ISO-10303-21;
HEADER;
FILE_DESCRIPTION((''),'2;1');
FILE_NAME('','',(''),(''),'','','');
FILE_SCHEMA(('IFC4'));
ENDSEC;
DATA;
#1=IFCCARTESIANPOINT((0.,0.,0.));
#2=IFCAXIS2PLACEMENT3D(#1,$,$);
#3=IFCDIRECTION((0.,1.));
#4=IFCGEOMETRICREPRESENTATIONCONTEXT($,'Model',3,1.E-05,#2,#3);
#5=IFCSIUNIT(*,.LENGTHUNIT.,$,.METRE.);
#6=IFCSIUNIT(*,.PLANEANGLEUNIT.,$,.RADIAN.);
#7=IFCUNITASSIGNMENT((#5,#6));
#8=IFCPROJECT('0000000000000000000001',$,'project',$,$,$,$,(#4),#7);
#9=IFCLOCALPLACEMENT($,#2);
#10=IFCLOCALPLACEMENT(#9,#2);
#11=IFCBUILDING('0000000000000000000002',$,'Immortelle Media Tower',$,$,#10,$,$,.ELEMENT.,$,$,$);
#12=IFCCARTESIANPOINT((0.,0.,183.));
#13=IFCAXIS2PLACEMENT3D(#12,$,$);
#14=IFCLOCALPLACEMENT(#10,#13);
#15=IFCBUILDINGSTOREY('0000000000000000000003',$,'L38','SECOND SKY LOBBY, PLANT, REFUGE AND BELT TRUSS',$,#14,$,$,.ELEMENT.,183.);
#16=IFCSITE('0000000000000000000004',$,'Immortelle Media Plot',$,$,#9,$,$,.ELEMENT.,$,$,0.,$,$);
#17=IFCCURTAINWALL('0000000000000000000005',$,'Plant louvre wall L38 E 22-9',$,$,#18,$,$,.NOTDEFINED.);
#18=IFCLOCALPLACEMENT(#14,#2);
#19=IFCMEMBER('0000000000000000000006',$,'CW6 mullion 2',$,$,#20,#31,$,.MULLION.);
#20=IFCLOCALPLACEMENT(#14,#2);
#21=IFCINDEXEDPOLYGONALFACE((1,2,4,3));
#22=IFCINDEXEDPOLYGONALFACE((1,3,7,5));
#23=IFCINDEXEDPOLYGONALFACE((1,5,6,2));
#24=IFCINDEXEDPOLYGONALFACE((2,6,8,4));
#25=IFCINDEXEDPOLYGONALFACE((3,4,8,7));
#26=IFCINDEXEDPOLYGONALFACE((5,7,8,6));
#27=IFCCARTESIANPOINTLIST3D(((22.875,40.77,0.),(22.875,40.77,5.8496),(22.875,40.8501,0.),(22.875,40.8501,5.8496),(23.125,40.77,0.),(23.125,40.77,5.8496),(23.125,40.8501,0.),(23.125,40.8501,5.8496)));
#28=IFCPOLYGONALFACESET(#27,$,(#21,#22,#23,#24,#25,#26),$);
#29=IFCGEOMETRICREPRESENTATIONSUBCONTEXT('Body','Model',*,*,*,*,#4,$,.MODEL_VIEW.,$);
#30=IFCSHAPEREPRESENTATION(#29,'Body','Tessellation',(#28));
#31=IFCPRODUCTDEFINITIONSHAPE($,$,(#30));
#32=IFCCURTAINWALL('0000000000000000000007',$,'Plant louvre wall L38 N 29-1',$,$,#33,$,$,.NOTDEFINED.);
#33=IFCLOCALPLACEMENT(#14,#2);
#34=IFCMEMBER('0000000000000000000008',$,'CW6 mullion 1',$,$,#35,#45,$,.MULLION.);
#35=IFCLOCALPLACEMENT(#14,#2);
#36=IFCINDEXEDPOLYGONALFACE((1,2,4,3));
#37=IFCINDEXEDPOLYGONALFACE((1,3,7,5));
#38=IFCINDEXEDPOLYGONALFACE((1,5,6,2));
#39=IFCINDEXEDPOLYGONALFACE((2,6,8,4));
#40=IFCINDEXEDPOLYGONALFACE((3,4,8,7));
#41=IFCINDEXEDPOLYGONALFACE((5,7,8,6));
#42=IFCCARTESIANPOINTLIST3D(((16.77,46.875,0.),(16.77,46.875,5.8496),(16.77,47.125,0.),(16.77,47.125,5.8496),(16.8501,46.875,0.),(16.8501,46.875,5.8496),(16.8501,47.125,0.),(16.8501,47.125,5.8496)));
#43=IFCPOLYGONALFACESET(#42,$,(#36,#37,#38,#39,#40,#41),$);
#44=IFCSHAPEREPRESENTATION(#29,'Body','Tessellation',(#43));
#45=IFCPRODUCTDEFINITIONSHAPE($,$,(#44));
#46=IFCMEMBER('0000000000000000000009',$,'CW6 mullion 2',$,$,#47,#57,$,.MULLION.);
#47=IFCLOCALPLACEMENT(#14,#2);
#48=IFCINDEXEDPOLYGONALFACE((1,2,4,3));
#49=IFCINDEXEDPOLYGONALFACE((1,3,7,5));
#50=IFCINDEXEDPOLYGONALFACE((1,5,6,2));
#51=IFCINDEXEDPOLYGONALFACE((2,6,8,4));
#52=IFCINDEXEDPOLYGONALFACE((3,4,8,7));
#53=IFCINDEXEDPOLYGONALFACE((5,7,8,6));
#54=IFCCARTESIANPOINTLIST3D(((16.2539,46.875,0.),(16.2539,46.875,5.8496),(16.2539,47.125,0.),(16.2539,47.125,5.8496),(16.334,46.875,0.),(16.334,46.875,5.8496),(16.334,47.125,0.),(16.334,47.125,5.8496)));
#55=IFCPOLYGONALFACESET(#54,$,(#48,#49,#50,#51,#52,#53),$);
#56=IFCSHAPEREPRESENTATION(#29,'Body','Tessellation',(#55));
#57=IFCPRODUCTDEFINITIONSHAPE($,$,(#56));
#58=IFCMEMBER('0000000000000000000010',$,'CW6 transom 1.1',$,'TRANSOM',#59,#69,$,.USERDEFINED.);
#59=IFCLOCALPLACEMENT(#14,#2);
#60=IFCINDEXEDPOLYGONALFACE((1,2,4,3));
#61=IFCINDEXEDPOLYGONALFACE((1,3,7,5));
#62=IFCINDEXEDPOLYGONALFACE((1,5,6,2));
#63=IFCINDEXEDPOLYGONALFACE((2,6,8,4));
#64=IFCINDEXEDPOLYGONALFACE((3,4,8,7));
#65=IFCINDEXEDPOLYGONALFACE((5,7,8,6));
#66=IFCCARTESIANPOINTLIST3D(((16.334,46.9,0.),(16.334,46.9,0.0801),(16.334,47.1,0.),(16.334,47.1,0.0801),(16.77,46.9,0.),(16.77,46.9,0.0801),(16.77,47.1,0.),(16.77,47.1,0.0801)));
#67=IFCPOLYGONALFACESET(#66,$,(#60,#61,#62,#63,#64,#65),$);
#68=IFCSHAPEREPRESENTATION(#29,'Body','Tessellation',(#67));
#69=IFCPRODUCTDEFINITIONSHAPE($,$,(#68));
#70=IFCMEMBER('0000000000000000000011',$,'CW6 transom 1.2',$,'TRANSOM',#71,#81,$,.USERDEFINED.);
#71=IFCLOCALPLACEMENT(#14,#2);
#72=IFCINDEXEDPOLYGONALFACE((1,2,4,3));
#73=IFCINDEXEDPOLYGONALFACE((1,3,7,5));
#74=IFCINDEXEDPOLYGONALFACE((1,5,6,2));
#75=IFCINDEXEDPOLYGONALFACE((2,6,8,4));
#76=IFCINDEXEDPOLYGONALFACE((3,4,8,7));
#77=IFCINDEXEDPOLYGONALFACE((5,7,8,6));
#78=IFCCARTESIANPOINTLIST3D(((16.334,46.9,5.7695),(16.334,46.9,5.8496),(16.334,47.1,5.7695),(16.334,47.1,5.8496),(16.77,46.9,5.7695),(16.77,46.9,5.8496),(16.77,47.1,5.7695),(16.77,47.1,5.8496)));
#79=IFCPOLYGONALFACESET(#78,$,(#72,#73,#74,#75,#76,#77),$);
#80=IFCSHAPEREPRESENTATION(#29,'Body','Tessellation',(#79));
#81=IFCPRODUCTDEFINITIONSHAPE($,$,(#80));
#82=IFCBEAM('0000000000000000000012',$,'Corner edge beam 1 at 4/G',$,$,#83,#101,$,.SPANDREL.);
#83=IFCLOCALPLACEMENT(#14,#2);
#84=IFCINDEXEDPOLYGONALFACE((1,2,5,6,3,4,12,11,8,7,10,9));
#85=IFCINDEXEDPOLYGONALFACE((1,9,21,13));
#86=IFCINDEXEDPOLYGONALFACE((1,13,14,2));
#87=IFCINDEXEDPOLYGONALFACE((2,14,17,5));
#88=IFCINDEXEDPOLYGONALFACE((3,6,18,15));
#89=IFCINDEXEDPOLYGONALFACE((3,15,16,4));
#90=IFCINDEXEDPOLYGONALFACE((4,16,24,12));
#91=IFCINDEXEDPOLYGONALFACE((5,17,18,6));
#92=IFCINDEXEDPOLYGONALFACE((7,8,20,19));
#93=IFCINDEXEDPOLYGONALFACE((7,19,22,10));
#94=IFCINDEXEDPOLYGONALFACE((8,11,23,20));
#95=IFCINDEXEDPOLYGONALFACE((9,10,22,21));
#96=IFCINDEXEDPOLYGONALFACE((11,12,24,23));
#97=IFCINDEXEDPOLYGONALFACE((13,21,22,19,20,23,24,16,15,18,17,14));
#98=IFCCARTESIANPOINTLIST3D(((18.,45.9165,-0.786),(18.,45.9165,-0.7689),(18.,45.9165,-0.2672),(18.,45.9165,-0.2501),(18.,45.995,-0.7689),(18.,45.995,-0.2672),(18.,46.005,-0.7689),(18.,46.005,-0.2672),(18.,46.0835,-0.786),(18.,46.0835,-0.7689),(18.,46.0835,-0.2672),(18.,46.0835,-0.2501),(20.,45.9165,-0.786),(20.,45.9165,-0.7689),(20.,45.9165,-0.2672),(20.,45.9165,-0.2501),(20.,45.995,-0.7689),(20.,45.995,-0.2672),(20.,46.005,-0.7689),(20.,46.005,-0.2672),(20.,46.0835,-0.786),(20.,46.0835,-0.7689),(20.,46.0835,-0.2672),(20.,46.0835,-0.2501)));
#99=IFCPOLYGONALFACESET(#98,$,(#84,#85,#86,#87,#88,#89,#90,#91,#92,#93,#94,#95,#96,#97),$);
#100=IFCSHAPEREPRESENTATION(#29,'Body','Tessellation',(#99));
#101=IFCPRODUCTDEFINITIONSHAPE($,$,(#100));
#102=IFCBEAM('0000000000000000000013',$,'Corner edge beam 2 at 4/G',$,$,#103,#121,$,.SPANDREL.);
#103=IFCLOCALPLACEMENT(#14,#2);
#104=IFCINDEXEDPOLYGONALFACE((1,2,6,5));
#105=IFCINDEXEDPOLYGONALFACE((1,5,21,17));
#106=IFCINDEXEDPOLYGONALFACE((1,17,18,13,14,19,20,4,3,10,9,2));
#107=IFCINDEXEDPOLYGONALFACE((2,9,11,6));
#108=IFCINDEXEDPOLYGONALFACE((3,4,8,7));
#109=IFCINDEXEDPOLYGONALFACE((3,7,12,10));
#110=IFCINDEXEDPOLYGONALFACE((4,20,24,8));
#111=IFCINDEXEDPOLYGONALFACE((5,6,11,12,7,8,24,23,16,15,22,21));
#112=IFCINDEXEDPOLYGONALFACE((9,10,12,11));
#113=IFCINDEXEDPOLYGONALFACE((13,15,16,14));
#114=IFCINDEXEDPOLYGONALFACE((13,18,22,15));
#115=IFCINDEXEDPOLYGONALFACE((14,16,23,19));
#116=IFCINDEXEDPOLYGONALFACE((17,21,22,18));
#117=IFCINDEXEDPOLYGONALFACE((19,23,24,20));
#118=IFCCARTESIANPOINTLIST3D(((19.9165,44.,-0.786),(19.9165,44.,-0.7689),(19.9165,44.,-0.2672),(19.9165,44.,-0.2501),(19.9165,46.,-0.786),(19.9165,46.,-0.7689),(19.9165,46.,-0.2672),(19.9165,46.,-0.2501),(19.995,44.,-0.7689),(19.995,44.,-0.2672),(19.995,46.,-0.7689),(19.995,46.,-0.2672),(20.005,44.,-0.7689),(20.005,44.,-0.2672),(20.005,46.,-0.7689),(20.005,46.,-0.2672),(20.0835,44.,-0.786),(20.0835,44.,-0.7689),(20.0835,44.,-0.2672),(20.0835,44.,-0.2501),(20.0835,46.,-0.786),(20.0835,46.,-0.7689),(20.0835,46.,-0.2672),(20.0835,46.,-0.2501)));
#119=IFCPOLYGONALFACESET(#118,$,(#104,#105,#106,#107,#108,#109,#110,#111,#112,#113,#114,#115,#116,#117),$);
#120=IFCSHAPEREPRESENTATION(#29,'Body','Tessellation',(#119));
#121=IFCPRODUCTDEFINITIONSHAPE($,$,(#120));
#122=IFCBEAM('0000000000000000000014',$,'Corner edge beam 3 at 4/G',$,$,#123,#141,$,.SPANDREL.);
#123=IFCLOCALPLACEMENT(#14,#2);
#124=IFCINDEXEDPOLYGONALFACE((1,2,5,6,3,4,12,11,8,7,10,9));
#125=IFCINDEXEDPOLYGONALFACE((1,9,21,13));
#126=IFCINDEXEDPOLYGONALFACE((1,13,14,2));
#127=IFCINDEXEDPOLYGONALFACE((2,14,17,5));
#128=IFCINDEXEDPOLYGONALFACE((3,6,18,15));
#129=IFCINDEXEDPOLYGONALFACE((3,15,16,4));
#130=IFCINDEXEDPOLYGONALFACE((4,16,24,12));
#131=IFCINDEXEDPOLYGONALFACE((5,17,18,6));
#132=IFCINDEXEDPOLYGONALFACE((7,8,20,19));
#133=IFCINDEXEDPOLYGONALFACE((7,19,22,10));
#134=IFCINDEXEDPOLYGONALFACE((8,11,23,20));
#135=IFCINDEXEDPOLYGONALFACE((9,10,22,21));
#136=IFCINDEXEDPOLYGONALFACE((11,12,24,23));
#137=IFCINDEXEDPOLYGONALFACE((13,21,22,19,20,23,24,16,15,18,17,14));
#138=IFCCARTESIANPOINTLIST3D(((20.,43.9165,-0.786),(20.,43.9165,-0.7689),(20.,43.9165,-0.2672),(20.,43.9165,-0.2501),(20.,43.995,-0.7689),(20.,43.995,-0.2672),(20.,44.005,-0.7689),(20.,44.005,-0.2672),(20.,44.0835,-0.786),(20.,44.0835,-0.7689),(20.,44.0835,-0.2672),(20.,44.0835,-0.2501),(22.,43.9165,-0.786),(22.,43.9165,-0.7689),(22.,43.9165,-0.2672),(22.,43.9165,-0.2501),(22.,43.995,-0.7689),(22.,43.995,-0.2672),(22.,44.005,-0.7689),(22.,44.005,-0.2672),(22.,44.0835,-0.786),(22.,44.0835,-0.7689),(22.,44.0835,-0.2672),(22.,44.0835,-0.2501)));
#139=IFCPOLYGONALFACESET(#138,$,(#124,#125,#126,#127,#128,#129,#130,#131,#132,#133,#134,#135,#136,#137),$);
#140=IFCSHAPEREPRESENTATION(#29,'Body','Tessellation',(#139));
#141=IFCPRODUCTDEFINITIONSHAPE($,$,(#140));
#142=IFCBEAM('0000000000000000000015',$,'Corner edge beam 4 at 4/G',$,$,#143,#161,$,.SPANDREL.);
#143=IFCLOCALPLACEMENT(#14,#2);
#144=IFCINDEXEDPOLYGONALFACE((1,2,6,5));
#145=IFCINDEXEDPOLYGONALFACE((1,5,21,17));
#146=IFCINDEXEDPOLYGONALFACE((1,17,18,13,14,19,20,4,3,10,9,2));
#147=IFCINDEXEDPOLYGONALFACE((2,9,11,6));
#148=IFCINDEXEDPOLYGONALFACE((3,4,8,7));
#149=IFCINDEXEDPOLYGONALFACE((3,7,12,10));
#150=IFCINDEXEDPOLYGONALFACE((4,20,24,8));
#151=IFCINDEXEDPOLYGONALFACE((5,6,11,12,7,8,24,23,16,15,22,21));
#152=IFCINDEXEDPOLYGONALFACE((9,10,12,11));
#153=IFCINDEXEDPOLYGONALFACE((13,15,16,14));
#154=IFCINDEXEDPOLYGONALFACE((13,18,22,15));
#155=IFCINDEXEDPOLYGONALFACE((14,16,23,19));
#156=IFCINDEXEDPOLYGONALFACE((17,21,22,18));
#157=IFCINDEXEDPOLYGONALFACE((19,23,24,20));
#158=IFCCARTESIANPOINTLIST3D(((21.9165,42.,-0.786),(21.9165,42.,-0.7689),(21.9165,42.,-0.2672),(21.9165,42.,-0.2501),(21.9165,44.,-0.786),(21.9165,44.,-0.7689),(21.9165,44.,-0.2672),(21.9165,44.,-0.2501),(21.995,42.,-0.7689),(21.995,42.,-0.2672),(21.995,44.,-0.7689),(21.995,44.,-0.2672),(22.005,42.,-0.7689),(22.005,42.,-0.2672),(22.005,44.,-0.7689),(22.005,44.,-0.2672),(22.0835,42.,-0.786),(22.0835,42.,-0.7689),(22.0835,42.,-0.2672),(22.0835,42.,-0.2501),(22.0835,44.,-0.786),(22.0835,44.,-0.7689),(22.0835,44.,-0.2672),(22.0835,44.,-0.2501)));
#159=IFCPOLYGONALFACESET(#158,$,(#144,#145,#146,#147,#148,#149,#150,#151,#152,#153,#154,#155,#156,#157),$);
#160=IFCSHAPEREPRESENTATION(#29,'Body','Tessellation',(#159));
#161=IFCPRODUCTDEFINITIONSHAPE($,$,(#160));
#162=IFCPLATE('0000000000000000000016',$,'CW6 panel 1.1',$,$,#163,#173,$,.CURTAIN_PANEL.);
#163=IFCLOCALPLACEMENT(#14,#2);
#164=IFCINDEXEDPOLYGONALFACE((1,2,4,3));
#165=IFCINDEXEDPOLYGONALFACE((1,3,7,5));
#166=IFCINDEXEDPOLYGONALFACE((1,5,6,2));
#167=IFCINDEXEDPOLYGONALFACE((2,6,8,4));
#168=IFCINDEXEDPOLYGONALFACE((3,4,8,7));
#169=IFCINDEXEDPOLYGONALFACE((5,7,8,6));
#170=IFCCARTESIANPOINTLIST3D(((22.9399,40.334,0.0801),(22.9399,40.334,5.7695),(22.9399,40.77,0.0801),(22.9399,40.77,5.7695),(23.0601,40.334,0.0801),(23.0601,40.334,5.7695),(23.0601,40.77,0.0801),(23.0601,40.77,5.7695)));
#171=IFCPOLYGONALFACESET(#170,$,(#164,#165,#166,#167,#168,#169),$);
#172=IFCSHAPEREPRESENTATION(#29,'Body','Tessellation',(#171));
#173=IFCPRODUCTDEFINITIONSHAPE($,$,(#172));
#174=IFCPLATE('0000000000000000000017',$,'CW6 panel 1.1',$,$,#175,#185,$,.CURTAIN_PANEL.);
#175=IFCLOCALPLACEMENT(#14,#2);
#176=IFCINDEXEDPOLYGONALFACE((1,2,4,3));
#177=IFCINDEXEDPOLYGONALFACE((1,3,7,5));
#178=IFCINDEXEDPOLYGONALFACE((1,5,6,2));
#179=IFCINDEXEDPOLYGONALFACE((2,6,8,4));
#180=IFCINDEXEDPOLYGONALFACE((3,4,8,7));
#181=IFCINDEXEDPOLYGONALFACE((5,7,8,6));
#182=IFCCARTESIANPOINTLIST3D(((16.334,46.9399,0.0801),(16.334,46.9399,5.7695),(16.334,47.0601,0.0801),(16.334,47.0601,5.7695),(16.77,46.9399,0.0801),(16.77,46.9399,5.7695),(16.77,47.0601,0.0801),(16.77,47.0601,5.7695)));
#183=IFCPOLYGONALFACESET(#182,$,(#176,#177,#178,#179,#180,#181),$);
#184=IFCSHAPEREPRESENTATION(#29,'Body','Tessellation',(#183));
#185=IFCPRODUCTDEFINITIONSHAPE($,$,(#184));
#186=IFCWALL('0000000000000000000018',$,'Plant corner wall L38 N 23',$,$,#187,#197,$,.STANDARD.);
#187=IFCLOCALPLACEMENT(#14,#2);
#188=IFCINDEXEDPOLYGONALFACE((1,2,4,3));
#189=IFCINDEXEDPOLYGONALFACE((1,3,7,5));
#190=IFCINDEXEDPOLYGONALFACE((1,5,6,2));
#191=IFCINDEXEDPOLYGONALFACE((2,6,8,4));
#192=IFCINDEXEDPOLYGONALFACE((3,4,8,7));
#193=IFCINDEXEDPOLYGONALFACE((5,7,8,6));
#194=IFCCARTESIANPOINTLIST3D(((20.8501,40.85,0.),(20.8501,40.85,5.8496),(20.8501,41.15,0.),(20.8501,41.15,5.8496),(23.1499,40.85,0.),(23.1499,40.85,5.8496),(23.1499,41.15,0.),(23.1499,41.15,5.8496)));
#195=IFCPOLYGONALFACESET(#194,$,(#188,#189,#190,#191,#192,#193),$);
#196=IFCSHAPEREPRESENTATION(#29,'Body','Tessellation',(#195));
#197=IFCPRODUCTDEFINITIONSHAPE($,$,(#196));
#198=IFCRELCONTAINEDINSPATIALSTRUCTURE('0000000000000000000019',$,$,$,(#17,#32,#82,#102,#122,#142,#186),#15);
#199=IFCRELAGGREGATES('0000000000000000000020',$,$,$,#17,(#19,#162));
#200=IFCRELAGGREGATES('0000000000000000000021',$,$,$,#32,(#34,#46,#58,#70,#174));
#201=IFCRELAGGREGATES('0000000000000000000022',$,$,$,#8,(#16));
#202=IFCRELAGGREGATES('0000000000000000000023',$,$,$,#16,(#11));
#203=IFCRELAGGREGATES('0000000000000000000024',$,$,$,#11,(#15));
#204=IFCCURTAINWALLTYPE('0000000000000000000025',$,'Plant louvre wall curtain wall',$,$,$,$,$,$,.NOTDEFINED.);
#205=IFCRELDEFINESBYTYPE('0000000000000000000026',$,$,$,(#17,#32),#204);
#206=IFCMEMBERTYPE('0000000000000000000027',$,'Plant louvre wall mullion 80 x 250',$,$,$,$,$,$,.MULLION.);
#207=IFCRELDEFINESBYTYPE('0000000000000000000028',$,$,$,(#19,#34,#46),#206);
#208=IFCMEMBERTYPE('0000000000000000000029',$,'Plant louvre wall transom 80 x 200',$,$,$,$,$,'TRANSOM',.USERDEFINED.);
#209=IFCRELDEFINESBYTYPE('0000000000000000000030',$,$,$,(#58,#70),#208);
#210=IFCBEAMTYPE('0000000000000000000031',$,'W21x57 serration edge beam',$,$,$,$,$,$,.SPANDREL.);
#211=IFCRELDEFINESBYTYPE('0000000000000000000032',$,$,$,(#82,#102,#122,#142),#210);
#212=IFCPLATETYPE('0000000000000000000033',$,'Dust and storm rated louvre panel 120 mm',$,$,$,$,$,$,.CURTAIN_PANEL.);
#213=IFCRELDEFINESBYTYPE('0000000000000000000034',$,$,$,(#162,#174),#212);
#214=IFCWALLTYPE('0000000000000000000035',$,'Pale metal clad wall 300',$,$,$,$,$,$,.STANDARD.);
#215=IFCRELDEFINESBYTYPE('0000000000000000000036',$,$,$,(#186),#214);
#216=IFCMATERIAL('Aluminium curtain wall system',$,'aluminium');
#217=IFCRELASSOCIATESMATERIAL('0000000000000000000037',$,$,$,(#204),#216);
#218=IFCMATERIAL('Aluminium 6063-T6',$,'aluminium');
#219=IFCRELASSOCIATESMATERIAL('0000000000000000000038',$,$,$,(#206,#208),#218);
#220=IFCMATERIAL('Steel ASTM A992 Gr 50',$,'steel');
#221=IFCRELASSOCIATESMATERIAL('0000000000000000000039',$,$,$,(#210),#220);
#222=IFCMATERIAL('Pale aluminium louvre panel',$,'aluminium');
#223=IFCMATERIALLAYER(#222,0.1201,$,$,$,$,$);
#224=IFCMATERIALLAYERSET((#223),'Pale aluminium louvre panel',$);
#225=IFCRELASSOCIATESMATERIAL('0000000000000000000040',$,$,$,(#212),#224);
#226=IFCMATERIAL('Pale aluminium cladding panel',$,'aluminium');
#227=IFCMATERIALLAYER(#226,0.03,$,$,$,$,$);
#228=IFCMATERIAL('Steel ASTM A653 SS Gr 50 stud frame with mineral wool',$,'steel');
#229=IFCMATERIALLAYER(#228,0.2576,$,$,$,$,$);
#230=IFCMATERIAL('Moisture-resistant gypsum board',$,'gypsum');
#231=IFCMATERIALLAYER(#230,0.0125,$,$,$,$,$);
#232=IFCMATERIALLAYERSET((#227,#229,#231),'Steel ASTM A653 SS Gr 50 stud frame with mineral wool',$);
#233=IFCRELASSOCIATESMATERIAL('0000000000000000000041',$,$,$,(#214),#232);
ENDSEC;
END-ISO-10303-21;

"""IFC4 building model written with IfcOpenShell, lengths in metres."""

from ifc_helpers import new_model, si_unit, direction, frame, frame_2d, origin, origin_2d, place, context, subcontext, project, spatial, rectangle, i_section, extrude, material, layer, layer_set, material_profile, profile_set, type_object, element, aggregate, save


model = new_model("IFC4")

# Units and contexts
model_context = context("Model", 3, precision=1e-05, world=origin(), true_north=direction((0.0, 1.0)))
body_context = subcontext(model_context, "Body", "Model", "MODEL_VIEW")
ifc_project = project(units=[si_unit("LENGTHUNIT", "METRE"), si_unit("PLANEANGLEUNIT", "RADIAN")], contexts=[model_context])

# Site, building, storey
site_placement = place(None, origin())
site = spatial("IfcSite", under=ifc_project, at=site_placement, Name="Immortelle Media Plot", CompositionType="ELEMENT", RefElevation=0.0)
building_placement = place(site_placement, origin())
building = spatial("IfcBuilding", under=site, at=building_placement, Name="Immortelle Media Tower", CompositionType="ELEMENT")
storey_placement = place(building_placement, frame((0.0, 0.0, 183.0)))
storey = spatial("IfcBuildingStorey", under=building, at=storey_placement, Name="L38", Description="SECOND SKY LOBBY, PLANT, REFUGE AND BELT TRUSS", CompositionType="ELEMENT", Elevation=183.0)

# Curtain wall, member
ifc_material_1 = material(Name="Aluminium curtain wall system", Category="aluminium")
curtain_wall_type = type_object("IfcCurtainWallType", Name="Plant louvre wall curtain wall", PredefinedType="NOTDEFINED", material=ifc_material_1)
curtain_wall_1_placement = place(storey_placement, origin())
curtain_wall_1 = element("IfcCurtainWall", 1, at=curtain_wall_1_placement, inside=storey, type_object=curtain_wall_type, Name="Plant louvre wall L38 E 22-9", PredefinedType="NOTDEFINED")
ifc_material_2 = material(Name="Aluminium 6063-T6", Category="aluminium")
ifc_material_profile_1 = material_profile(ifc_material_2, rectangle(XDim=0.25, YDim=0.0801, at=origin_2d()), Name="AL 80x250")
ifc_profile_set_1 = profile_set([ifc_material_profile_1], Name="Aluminium 6063-T6")
member_type_1 = type_object("IfcMemberType", Name="Plant louvre wall mullion 80 x 250", PredefinedType="MULLION", material=ifc_profile_set_1)
member_1_placement = place(storey_placement, frame((23.0, 40.8101, 0.0), z_axis=(0.0, 0.0, 1.0), x_axis=(-1.0, 0.0, 0.0)))
member_1 = element("IfcMember", 2, at=member_1_placement, type_object=member_type_1, Name="CW6 mullion 2", PredefinedType="MULLION", context=body_context, shape_type="SweptSolid", body=[
    extrude(rectangle(XDim=0.25, YDim=0.0801, at=origin_2d()), origin(), (0.0, 0.0, 1.0), 5.8496),
])

# Curtain wall, members
curtain_wall_2_placement = place(storey_placement, origin())
curtain_wall_2 = element("IfcCurtainWall", 3, at=curtain_wall_2_placement, inside=storey, type_object=curtain_wall_type, Name="Plant louvre wall L38 N 29-1", PredefinedType="NOTDEFINED")
member_2_placement = place(storey_placement, frame((16.8101, 47.0, 0.0), z_axis=(0.0, 0.0, 1.0), x_axis=(0.0, -1.0, 0.0)))
member_2 = element("IfcMember", 4, at=member_2_placement, type_object=member_type_1, Name="CW6 mullion 1", PredefinedType="MULLION", context=body_context, shape_type="SweptSolid", body=[
    extrude(rectangle(XDim=0.25, YDim=0.0801, at=origin_2d()), origin(), (0.0, 0.0, 1.0), 5.8496),
])
member_3_placement = place(storey_placement, frame((16.2939, 47.0, 0.0), z_axis=(0.0, 0.0, 1.0), x_axis=(0.0, -1.0, 0.0)))
member_3 = element("IfcMember", 5, at=member_3_placement, type_object=member_type_1, Name="CW6 mullion 2", PredefinedType="MULLION", context=body_context, shape_type="SweptSolid", body=[
    extrude(rectangle(XDim=0.25, YDim=0.0801, at=origin_2d()), origin(), (0.0, 0.0, 1.0), 5.8496),
])
ifc_material_profile_2 = material_profile(ifc_material_2, rectangle(XDim=0.2, YDim=0.0801, at=origin_2d()), Name="AL 80x200")
ifc_profile_set_2 = profile_set([ifc_material_profile_2], Name="Aluminium 6063-T6")
member_type_2 = type_object("IfcMemberType", Name="Plant louvre wall transom 80 x 200", ElementType="TRANSOM", PredefinedType="USERDEFINED", material=ifc_profile_set_2)
member_4_placement = place(storey_placement, frame((16.77, 47.0, 0.04), z_axis=(-1.0, 0.0, 0.0), x_axis=(0.0, -1.0, 0.0)))
member_4 = element("IfcMember", 6, at=member_4_placement, type_object=member_type_2, Name="CW6 transom 1.1", ObjectType="TRANSOM", PredefinedType="USERDEFINED", context=body_context, shape_type="SweptSolid", body=[
    extrude(rectangle(XDim=0.2, YDim=0.0801, at=origin_2d()), origin(), (0.0, 0.0, 1.0), 0.436),
])
member_5_placement = place(storey_placement, frame((16.77, 47.0, 5.8096), z_axis=(-1.0, 0.0, 0.0), x_axis=(0.0, -1.0, 0.0)))
member_5 = element("IfcMember", 7, at=member_5_placement, type_object=member_type_2, Name="CW6 transom 1.2", ObjectType="TRANSOM", PredefinedType="USERDEFINED", context=body_context, shape_type="SweptSolid", body=[
    extrude(rectangle(XDim=0.2, YDim=0.0801, at=origin_2d()), origin(), (0.0, 0.0, 1.0), 0.436),
])

# Beams
ifc_material_3 = material(Name="Steel ASTM A992 Gr 50", Category="steel")
ifc_material_profile_3 = material_profile(ifc_material_3, i_section(OverallWidth=0.167, OverallDepth=0.5359, WebThickness=0.01, FlangeThickness=0.0171, at=origin_2d()), Name="W21x57")
ifc_profile_set_3 = profile_set([ifc_material_profile_3], Name="Steel ASTM A992 Gr 50")
beam_type = type_object("IfcBeamType", Name="W21x57 serration edge beam", PredefinedType="SPANDREL", material=ifc_profile_set_3)
for number, where, z_axis, x_axis, name in (
    (8, (18.0, 46.0, -0.5181), (1.0, 0.0, 0.0), (0.0, 1.0, 0.0), "Corner edge beam 1 at 4/G"),
    (9, (20.0, 46.0, -0.5181), (0.0, -1.0, 0.0), (1.0, 0.0, 0.0), "Corner edge beam 2 at 4/G"),
    (10, (20.0, 44.0, -0.5181), (1.0, 0.0, 0.0), (0.0, 1.0, 0.0), "Corner edge beam 3 at 4/G"),
    (11, (22.0, 44.0, -0.5181), (0.0, -1.0, 0.0), (1.0, 0.0, 0.0), "Corner edge beam 4 at 4/G"),
):
    element("IfcBeam", number, at=place(storey_placement, frame(where, z_axis=z_axis, x_axis=x_axis)), inside=storey, type_object=beam_type, Name=name, PredefinedType="SPANDREL", context=body_context, shape_type="SweptSolid", body=[
        extrude(i_section(OverallWidth=0.167, OverallDepth=0.5359, WebThickness=0.01, FlangeThickness=0.0171, at=origin_2d()), origin(), (0.0, 0.0, 1.0), 2.0),
    ])

# Plates
ifc_material_4 = material(Name="Pale aluminium louvre panel", Category="aluminium")
ifc_layer_1 = layer(ifc_material_4, 0.1201)
ifc_layer_set_1 = layer_set([ifc_layer_1], Name="Pale aluminium louvre panel")
plate_type = type_object("IfcPlateType", Name="Dust and storm rated louvre panel 120 mm", PredefinedType="CURTAIN_PANEL", material=ifc_layer_set_1)
plate_1_placement = place(storey_placement, frame((23.0, 40.552, 0.0801), z_axis=(0.0, 0.0, 1.0), x_axis=(0.0, 1.0, 0.0)))
plate_1 = element("IfcPlate", 12, at=plate_1_placement, type_object=plate_type, Name="CW6 panel 1.1", PredefinedType="CURTAIN_PANEL", context=body_context, shape_type="SweptSolid", body=[
    extrude(rectangle(XDim=0.436, YDim=0.1201, at=origin_2d()), origin(), (0.0, 0.0, 1.0), 5.6895),
])
aggregate(curtain_wall_1, [member_1, plate_1])
plate_2_placement = place(storey_placement, frame((16.552, 47.0, 0.0801), z_axis=(0.0, 0.0, 1.0), x_axis=(-1.0, 0.0, 0.0)))
plate_2 = element("IfcPlate", 13, at=plate_2_placement, type_object=plate_type, Name="CW6 panel 1.1", PredefinedType="CURTAIN_PANEL", context=body_context, shape_type="SweptSolid", body=[
    extrude(rectangle(XDim=0.436, YDim=0.1201, at=origin_2d()), origin(), (0.0, 0.0, 1.0), 5.6895),
])
aggregate(curtain_wall_2, [member_2, member_3, member_4, member_5, plate_2])

# Wall
ifc_material_5 = material(Name="Pale aluminium cladding panel", Category="aluminium")
ifc_layer_2 = layer(ifc_material_5, 0.03)
ifc_material_6 = material(Name="Steel ASTM A653 SS Gr 50 stud frame with mineral wool", Category="steel")
ifc_layer_3 = layer(ifc_material_6, 0.2576)
ifc_material_7 = material(Name="Moisture-resistant gypsum board", Category="gypsum")
ifc_layer_4 = layer(ifc_material_7, 0.0125)
ifc_layer_set_2 = layer_set([ifc_layer_2, ifc_layer_3, ifc_layer_4], Name="Steel ASTM A653 SS Gr 50 stud frame with mineral wool")
wall_type = type_object("IfcWallType", Name="Pale metal clad wall 300", PredefinedType="STANDARD", material=ifc_layer_set_2)
wall_placement = place(storey_placement, frame((23.1499, 41.0, 0.0), z_axis=(0.0, 0.0, 1.0), x_axis=(-1.0, 0.0, 0.0)))
element("IfcWall", 14, at=wall_placement, inside=storey, type_object=wall_type, Name="Plant corner wall L38 N 23", PredefinedType="STANDARD", context=body_context, shape_type="SweptSolid", body=[
    extrude(rectangle(XDim=2.2998, YDim=0.3, at=frame_2d((1.1499, 0.0))), origin(), (0.0, 0.0, 1.0), 5.8496),
])

save(model, "model.ifc")
